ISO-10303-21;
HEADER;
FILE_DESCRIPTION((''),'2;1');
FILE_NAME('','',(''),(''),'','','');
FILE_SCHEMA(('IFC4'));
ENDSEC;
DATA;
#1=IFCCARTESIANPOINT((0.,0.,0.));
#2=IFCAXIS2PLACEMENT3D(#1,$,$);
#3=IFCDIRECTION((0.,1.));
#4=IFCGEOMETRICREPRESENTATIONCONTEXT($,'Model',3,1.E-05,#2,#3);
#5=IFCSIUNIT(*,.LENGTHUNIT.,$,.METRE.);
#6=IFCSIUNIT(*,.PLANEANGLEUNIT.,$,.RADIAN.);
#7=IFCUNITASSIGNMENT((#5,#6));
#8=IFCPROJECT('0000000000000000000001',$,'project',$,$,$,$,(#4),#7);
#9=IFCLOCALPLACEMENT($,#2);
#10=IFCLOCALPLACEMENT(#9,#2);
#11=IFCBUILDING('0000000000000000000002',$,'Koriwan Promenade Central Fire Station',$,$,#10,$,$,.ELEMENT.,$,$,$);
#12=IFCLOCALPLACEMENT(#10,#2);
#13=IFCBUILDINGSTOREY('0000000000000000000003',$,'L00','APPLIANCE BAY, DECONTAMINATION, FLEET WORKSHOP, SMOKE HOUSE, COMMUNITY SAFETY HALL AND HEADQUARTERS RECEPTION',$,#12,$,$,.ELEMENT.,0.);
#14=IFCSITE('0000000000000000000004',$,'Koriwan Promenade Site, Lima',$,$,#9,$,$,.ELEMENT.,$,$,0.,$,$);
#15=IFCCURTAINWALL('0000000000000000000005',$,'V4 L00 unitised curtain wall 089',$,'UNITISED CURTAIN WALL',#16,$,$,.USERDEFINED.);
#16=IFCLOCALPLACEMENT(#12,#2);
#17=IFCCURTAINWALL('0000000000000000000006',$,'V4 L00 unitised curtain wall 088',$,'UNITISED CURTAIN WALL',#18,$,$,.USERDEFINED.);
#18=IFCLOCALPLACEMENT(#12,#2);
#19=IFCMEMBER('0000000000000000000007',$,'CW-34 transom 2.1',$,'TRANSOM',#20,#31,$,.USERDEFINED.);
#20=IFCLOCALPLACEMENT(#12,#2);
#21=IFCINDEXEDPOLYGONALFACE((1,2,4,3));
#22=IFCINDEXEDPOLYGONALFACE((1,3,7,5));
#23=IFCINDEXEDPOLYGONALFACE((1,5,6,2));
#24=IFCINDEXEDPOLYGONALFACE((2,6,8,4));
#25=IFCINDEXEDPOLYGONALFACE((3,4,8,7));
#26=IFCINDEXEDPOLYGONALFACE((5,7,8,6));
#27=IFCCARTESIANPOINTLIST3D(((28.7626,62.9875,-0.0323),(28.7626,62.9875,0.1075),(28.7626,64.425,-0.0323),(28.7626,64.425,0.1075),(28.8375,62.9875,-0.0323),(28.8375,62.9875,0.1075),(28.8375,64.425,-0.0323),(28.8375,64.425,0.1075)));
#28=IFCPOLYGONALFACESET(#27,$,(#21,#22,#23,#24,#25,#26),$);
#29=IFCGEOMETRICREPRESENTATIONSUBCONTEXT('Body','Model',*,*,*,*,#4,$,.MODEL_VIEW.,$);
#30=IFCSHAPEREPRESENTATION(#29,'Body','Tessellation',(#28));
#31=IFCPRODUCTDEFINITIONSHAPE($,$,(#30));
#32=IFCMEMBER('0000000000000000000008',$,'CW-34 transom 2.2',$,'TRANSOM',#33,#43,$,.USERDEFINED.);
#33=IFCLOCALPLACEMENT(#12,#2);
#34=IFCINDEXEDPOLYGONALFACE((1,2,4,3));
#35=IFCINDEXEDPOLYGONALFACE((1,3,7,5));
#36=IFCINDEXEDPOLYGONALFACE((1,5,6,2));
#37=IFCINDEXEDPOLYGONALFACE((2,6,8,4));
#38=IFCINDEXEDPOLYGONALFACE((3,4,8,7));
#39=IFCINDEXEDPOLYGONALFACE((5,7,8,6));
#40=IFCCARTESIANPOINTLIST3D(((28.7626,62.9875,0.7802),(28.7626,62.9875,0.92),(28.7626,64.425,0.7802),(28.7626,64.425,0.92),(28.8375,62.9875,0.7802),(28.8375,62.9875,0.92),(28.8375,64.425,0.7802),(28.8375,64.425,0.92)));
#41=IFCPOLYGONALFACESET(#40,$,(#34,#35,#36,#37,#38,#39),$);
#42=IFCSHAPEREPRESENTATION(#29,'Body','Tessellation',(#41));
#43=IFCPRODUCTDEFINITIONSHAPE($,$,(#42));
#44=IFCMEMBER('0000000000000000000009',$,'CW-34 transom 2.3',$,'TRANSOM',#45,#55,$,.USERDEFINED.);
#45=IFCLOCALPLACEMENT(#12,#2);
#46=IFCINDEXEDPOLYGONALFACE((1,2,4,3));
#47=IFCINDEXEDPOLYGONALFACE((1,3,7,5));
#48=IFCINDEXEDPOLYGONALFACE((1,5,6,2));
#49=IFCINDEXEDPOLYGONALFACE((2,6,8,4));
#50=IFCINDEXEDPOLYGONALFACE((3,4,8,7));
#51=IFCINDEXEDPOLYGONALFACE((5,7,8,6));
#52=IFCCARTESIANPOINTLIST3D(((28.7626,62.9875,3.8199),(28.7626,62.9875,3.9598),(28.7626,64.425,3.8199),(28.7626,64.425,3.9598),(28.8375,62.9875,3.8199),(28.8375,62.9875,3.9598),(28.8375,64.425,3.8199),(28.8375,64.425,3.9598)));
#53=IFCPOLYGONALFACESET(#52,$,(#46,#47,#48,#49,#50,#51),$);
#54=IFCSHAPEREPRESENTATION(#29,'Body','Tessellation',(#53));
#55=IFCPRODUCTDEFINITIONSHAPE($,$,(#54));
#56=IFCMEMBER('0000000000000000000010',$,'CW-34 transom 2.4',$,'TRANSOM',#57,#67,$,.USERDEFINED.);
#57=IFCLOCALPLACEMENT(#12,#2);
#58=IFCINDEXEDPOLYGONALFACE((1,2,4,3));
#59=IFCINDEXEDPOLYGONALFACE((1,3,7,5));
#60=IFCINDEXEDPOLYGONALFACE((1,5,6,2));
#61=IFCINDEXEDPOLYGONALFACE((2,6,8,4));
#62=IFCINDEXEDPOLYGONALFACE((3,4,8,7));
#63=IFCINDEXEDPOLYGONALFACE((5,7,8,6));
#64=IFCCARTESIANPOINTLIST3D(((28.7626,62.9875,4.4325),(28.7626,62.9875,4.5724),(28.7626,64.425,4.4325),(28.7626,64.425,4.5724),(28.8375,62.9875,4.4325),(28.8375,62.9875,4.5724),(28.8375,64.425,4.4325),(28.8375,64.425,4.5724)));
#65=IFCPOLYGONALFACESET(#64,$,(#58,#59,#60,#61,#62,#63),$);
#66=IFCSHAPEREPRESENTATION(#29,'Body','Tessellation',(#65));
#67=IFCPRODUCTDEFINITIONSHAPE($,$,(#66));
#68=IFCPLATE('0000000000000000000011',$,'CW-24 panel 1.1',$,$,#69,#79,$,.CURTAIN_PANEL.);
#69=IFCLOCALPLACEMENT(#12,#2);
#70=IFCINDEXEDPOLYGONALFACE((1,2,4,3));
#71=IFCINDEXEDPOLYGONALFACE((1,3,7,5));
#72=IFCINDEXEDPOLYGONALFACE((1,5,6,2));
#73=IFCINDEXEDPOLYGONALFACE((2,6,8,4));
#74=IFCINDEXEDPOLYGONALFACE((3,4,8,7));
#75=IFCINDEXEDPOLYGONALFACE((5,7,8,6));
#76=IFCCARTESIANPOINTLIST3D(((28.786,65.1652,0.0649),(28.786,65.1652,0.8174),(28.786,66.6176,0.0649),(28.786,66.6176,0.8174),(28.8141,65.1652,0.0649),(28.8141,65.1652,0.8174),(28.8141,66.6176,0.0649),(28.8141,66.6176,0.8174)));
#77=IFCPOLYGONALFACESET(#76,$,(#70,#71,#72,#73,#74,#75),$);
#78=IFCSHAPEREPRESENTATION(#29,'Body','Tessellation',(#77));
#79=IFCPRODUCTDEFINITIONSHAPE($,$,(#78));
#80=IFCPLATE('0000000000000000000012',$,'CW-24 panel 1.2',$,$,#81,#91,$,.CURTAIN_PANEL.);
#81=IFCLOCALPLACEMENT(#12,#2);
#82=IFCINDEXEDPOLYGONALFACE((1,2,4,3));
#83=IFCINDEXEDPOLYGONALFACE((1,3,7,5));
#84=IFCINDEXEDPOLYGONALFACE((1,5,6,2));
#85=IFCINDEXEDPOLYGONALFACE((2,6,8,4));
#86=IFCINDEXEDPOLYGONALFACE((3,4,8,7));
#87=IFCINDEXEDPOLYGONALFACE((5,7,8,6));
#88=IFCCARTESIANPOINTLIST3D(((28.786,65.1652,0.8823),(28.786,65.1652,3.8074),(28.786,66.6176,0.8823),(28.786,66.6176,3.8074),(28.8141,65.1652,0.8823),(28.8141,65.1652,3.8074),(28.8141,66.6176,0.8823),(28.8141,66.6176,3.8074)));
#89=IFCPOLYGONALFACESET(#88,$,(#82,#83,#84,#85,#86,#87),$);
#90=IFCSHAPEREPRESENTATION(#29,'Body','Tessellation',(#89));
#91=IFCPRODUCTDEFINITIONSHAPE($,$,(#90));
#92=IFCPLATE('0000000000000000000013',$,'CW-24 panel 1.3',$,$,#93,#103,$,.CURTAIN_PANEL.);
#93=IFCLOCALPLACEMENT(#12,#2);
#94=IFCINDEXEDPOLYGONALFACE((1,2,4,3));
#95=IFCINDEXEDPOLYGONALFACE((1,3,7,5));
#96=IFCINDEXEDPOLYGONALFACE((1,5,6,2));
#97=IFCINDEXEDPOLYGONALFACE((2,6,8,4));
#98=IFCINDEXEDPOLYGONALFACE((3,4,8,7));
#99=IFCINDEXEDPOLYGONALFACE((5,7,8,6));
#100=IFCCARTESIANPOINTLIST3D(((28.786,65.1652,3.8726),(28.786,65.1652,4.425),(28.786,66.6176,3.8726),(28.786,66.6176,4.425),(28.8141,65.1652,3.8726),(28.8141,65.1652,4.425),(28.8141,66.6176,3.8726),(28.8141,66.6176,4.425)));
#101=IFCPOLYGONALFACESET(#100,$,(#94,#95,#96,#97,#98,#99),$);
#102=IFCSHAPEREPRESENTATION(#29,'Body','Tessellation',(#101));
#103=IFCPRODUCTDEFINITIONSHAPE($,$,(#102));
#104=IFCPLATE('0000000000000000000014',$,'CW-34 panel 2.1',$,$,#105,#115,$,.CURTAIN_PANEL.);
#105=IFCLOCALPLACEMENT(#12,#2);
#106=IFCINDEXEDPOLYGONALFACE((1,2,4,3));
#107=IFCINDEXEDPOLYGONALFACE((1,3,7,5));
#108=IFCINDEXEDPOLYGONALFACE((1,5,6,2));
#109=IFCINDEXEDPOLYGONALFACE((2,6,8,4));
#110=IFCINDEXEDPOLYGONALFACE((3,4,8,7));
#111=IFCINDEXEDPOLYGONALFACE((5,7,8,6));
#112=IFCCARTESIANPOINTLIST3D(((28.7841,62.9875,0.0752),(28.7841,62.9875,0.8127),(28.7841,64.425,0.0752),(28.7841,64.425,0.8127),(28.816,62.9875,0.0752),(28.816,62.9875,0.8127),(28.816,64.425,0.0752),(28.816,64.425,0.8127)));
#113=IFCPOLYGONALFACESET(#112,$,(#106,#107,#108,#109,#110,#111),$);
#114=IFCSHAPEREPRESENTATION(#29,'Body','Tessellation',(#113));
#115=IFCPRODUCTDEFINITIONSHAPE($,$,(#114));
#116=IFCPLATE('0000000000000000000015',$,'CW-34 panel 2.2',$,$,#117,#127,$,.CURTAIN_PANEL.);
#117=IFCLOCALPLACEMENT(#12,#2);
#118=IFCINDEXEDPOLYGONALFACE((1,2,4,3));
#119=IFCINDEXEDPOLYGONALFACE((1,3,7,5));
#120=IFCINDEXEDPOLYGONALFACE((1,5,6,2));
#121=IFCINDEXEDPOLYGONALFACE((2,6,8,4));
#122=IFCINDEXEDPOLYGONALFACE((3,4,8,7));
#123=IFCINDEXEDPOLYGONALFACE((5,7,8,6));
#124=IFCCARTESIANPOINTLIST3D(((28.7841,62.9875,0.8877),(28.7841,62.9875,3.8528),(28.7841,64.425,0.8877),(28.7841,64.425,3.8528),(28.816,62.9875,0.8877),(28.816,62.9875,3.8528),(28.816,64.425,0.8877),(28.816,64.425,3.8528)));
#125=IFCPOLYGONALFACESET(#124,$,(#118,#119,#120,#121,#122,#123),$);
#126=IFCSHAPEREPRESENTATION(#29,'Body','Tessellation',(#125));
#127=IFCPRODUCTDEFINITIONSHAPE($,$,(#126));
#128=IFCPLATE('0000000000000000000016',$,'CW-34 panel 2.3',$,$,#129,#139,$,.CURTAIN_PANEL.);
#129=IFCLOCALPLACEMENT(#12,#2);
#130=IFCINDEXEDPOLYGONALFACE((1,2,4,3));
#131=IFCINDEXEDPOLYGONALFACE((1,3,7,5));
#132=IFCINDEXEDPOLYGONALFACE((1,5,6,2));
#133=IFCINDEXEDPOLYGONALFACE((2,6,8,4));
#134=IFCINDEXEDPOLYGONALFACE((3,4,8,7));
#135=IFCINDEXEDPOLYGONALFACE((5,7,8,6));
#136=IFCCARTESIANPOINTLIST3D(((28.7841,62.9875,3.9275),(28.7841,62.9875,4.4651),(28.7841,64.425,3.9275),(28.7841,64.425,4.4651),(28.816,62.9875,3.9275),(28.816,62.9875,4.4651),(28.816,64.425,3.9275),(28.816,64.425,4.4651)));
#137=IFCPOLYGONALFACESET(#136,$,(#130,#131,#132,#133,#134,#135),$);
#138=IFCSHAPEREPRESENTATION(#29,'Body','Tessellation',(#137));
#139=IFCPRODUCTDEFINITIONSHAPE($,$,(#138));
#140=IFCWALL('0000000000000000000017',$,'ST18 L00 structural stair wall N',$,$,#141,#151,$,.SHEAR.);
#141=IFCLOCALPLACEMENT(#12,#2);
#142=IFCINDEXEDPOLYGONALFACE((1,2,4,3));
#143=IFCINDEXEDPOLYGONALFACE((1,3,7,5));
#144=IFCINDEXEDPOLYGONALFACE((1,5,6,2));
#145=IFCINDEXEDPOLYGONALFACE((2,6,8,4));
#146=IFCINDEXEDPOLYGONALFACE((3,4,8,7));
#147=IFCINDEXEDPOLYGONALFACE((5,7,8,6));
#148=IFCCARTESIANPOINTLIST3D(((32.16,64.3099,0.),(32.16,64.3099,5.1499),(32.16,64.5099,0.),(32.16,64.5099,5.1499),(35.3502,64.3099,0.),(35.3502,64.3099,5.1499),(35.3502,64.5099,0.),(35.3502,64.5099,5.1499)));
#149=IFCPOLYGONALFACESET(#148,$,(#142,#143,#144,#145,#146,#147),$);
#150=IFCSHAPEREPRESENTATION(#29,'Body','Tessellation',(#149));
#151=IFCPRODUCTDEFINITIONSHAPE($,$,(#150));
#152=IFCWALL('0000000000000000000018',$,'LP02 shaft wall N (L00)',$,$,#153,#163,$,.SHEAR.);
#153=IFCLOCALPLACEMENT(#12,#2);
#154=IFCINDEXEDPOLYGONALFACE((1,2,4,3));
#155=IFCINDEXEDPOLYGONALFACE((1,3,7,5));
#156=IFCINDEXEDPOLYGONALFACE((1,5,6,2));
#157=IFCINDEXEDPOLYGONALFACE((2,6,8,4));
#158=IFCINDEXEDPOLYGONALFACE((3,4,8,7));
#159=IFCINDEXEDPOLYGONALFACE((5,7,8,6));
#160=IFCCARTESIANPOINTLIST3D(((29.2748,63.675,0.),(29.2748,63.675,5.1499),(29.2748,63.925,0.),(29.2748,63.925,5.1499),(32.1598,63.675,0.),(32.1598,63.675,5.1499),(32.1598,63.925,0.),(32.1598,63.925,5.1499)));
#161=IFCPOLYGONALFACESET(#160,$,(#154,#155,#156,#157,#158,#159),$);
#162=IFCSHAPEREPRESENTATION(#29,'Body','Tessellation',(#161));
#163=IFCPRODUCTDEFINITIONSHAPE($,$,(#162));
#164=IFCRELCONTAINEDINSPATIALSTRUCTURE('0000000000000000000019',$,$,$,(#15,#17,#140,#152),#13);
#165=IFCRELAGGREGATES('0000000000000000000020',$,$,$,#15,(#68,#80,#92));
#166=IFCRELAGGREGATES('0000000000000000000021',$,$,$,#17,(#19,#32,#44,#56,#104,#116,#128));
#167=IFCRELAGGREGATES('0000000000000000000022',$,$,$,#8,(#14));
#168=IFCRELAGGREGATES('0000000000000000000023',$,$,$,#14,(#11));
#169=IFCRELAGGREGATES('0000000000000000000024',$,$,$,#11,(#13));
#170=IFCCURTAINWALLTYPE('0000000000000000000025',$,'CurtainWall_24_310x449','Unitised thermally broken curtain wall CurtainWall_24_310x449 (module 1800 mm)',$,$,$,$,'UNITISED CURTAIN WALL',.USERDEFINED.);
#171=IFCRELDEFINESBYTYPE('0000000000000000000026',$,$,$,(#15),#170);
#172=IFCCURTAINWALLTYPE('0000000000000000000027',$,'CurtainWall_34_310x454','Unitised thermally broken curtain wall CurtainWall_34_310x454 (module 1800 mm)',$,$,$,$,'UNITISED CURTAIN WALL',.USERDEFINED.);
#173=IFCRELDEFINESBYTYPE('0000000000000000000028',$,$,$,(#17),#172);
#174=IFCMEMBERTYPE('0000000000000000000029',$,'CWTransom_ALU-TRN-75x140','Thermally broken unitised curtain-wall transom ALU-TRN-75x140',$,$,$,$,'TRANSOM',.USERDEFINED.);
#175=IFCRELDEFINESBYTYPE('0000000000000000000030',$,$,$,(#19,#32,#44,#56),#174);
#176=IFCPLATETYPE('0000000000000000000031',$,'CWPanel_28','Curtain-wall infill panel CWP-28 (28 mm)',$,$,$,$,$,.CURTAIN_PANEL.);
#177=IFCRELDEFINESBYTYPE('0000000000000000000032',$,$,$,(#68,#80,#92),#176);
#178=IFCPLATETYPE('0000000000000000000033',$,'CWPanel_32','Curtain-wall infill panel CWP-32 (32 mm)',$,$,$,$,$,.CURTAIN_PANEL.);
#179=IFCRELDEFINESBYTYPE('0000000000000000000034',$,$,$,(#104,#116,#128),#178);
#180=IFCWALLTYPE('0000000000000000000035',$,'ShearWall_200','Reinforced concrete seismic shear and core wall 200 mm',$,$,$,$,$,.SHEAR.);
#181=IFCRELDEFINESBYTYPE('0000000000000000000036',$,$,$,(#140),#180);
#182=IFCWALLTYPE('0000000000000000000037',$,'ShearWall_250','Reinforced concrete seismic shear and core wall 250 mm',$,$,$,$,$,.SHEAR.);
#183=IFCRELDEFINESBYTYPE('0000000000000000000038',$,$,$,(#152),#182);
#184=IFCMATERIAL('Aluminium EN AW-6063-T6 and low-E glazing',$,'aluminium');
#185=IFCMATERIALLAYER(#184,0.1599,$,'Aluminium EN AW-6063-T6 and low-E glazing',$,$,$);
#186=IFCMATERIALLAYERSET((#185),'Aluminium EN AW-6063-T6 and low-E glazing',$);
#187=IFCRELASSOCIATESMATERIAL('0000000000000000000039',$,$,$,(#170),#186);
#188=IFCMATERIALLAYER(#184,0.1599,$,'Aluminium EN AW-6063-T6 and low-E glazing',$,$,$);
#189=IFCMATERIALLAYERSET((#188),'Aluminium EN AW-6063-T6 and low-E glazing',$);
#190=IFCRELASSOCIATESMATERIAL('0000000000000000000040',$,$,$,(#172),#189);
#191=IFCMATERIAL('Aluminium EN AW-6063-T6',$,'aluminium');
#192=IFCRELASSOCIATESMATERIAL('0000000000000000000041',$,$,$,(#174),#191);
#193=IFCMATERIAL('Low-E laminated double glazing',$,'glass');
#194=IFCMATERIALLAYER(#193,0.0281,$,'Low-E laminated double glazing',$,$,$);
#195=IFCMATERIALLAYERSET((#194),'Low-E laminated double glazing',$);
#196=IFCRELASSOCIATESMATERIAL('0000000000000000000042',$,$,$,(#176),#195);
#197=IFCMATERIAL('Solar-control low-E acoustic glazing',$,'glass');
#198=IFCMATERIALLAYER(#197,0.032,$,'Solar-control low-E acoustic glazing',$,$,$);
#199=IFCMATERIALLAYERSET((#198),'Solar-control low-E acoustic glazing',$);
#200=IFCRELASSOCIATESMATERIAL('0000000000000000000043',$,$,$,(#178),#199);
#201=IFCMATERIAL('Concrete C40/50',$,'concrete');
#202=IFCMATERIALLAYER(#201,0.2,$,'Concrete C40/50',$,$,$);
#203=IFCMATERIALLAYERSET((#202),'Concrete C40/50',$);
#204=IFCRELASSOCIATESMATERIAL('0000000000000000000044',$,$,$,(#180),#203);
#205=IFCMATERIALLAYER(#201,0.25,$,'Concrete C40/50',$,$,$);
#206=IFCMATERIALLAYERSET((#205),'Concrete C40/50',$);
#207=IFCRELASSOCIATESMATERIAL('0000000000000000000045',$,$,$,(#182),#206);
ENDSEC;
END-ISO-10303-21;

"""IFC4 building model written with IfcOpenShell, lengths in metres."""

from ifc_helpers import new_model, si_unit, direction, frame, frame_2d, origin, origin_2d, place, context, subcontext, project, spatial, rectangle, extrude, material, layer, layer_set, material_profile, profile_set, type_object, element, aggregate, save


model = new_model("IFC4")

# Units and contexts
model_context = context("Model", 3, precision=1e-05, world=origin(), true_north=direction((0.0, 1.0)))
body_context = subcontext(model_context, "Body", "Model", "MODEL_VIEW")
ifc_project = project(units=[si_unit("LENGTHUNIT", "METRE"), si_unit("PLANEANGLEUNIT", "RADIAN")], contexts=[model_context])

# Site, building, storey
site_placement = place(None, origin())
site = spatial("IfcSite", under=ifc_project, at=site_placement, Name="Koriwan Promenade Site, Lima", CompositionType="ELEMENT", RefElevation=0.0)
building_placement = place(site_placement, origin())
building = spatial("IfcBuilding", under=site, at=building_placement, Name="Koriwan Promenade Central Fire Station", CompositionType="ELEMENT")
storey_placement = place(building_placement, origin())
storey = spatial("IfcBuildingStorey", under=building, at=storey_placement, Name="L00", Description="APPLIANCE BAY, DECONTAMINATION, FLEET WORKSHOP, SMOKE HOUSE, COMMUNITY SAFETY HALL AND HEADQUARTERS RECEPTION", CompositionType="ELEMENT", Elevation=0.0)

# Shared definitions
ifc_material_1 = material(Name="Concrete C40/50", Category="concrete")

# Curtain wall
ifc_material_2 = material(Name="Aluminium EN AW-6063-T6 and low-E glazing", Category="aluminium")
ifc_layer_1 = layer(ifc_material_2, 0.1599, Name="Aluminium EN AW-6063-T6 and low-E glazing")
ifc_layer_set_1 = layer_set([ifc_layer_1], Name="Aluminium EN AW-6063-T6 and low-E glazing")
curtain_wall_type_1 = type_object("IfcCurtainWallType", Name="CurtainWall_24_310x449", Description="Unitised thermally broken curtain wall CurtainWall_24_310x449 (module 1800 mm)", ElementType="UNITISED CURTAIN WALL", PredefinedType="USERDEFINED", material=ifc_layer_set_1)
curtain_wall_1_placement = place(storey_placement, origin())
curtain_wall_1 = element("IfcCurtainWall", 1, at=curtain_wall_1_placement, inside=storey, type_object=curtain_wall_type_1, Name="V4 L00 unitised curtain wall 089", ObjectType="UNITISED CURTAIN WALL", PredefinedType="USERDEFINED")
ifc_material_3 = material(Name="Aluminium EN AW-6063-T6", Category="aluminium")

# Curtain wall
ifc_layer_2 = layer(ifc_material_2, 0.1599, Name="Aluminium EN AW-6063-T6 and low-E glazing")
ifc_layer_set_2 = layer_set([ifc_layer_2], Name="Aluminium EN AW-6063-T6 and low-E glazing")
curtain_wall_type_2 = type_object("IfcCurtainWallType", Name="CurtainWall_34_310x454", Description="Unitised thermally broken curtain wall CurtainWall_34_310x454 (module 1800 mm)", ElementType="UNITISED CURTAIN WALL", PredefinedType="USERDEFINED", material=ifc_layer_set_2)
curtain_wall_2_placement = place(storey_placement, origin())
curtain_wall_2 = element("IfcCurtainWall", 2, at=curtain_wall_2_placement, inside=storey, type_object=curtain_wall_type_2, Name="V4 L00 unitised curtain wall 088", ObjectType="UNITISED CURTAIN WALL", PredefinedType="USERDEFINED")

# Members
ifc_material_profile_1 = material_profile(ifc_material_3, rectangle(XDim=0.075, YDim=0.1399, at=origin_2d()), Name="ALU-TRN-75x140")
ifc_profile_set_1 = profile_set([ifc_material_profile_1], Name="Aluminium EN AW-6063-T6")
member_type_1 = type_object("IfcMemberType", Name="CWTransom_ALU-TRN-75x140", Description="Thermally broken unitised curtain-wall transom ALU-TRN-75x140", ElementType="TRANSOM", PredefinedType="USERDEFINED", material=ifc_profile_set_1)
member_1_placement = place(storey_placement, frame((28.8, 62.9875, 0.0376), z_axis=(0.0, 1.0, 0.0), x_axis=(-1.0, 0.0, 0.0)))
member_1 = element("IfcMember", 3, at=member_1_placement, type_object=member_type_1, Name="CW-34 transom 2.1", ObjectType="TRANSOM", PredefinedType="USERDEFINED", context=body_context, shape_type="SweptSolid", body=[
    extrude(rectangle(XDim=0.075, YDim=0.1399, at=origin_2d()), origin(), (0.0, 0.0, 1.0), 1.4375),
])
member_2_placement = place(storey_placement, frame((28.8, 62.9875, 0.8501), z_axis=(0.0, 1.0, 0.0), x_axis=(-1.0, 0.0, 0.0)))
member_2 = element("IfcMember", 4, at=member_2_placement, type_object=member_type_1, Name="CW-34 transom 2.2", ObjectType="TRANSOM", PredefinedType="USERDEFINED", context=body_context, shape_type="SweptSolid", body=[
    extrude(rectangle(XDim=0.075, YDim=0.1399, at=origin_2d()), origin(), (0.0, 0.0, 1.0), 1.4375),
])
member_3_placement = place(storey_placement, frame((28.8, 62.9875, 3.8899), z_axis=(0.0, 1.0, 0.0), x_axis=(-1.0, 0.0, 0.0)))
member_3 = element("IfcMember", 5, at=member_3_placement, type_object=member_type_1, Name="CW-34 transom 2.3", ObjectType="TRANSOM", PredefinedType="USERDEFINED", context=body_context, shape_type="SweptSolid", body=[
    extrude(rectangle(XDim=0.075, YDim=0.1399, at=origin_2d()), origin(), (0.0, 0.0, 1.0), 1.4375),
])
member_4_placement = place(storey_placement, frame((28.8, 62.9875, 4.5024), z_axis=(0.0, 1.0, 0.0), x_axis=(-1.0, 0.0, 0.0)))
member_4 = element("IfcMember", 6, at=member_4_placement, type_object=member_type_1, Name="CW-34 transom 2.4", ObjectType="TRANSOM", PredefinedType="USERDEFINED", context=body_context, shape_type="SweptSolid", body=[
    extrude(rectangle(XDim=0.075, YDim=0.1399, at=origin_2d()), origin(), (0.0, 0.0, 1.0), 1.4375),
])

# Plates
ifc_material_4 = material(Name="Low-E laminated double glazing", Category="glass")
ifc_layer_3 = layer(ifc_material_4, 0.0281, Name="Low-E laminated double glazing")
ifc_layer_set_3 = layer_set([ifc_layer_3], Name="Low-E laminated double glazing")
plate_type_1 = type_object("IfcPlateType", Name="CWPanel_28", Description="Curtain-wall infill panel CWP-28 (28 mm)", PredefinedType="CURTAIN_PANEL", material=ifc_layer_set_3)
plate_1_placement = place(storey_placement, frame((28.8, 65.8914, 0.0649), z_axis=(0.0, 0.0, 1.0), x_axis=(0.0, 1.0, 0.0)))
plate_1 = element("IfcPlate", 7, at=plate_1_placement, type_object=plate_type_1, Name="CW-24 panel 1.1", PredefinedType="CURTAIN_PANEL", context=body_context, shape_type="SweptSolid", body=[
    extrude(rectangle(XDim=1.4524, YDim=0.0281, at=origin_2d()), origin(), (0.0, 0.0, 1.0), 0.7524),
])
plate_2_placement = place(storey_placement, frame((28.8, 65.8914, 0.8823), z_axis=(0.0, 0.0, 1.0), x_axis=(0.0, 1.0, 0.0)))
plate_2 = element("IfcPlate", 8, at=plate_2_placement, type_object=plate_type_1, Name="CW-24 panel 1.2", PredefinedType="CURTAIN_PANEL", context=body_context, shape_type="SweptSolid", body=[
    extrude(rectangle(XDim=1.4524, YDim=0.0281, at=origin_2d()), origin(), (0.0, 0.0, 1.0), 2.925),
])
plate_3_placement = place(storey_placement, frame((28.8, 65.8914, 3.8726), z_axis=(0.0, 0.0, 1.0), x_axis=(0.0, 1.0, 0.0)))
plate_3 = element("IfcPlate", 9, at=plate_3_placement, type_object=plate_type_1, Name="CW-24 panel 1.3", PredefinedType="CURTAIN_PANEL", context=body_context, shape_type="SweptSolid", body=[
    extrude(rectangle(XDim=1.4524, YDim=0.0281, at=origin_2d()), origin(), (0.0, 0.0, 1.0), 0.5525),
])
aggregate(curtain_wall_1, [plate_1, plate_2, plate_3])
ifc_material_5 = material(Name="Solar-control low-E acoustic glazing", Category="glass")
ifc_layer_4 = layer(ifc_material_5, 0.032, Name="Solar-control low-E acoustic glazing")
ifc_layer_set_4 = layer_set([ifc_layer_4], Name="Solar-control low-E acoustic glazing")
plate_type_2 = type_object("IfcPlateType", Name="CWPanel_32", Description="Curtain-wall infill panel CWP-32 (32 mm)", PredefinedType="CURTAIN_PANEL", material=ifc_layer_set_4)
plate_4_placement = place(storey_placement, frame((28.8, 63.7063, 0.0752), z_axis=(0.0, 0.0, 1.0), x_axis=(0.0, 1.0, 0.0)))
plate_4 = element("IfcPlate", 10, at=plate_4_placement, type_object=plate_type_2, Name="CW-34 panel 2.1", PredefinedType="CURTAIN_PANEL", context=body_context, shape_type="SweptSolid", body=[
    extrude(rectangle(XDim=1.4375, YDim=0.032, at=origin_2d()), origin(), (0.0, 0.0, 1.0), 0.7375),
])
plate_5_placement = place(storey_placement, frame((28.8, 63.7063, 0.8877), z_axis=(0.0, 0.0, 1.0), x_axis=(0.0, 1.0, 0.0)))
plate_5 = element("IfcPlate", 11, at=plate_5_placement, type_object=plate_type_2, Name="CW-34 panel 2.2", PredefinedType="CURTAIN_PANEL", context=body_context, shape_type="SweptSolid", body=[
    extrude(rectangle(XDim=1.4375, YDim=0.032, at=origin_2d()), origin(), (0.0, 0.0, 1.0), 2.9651),
])
plate_6_placement = place(storey_placement, frame((28.8, 63.7063, 3.9275), z_axis=(0.0, 0.0, 1.0), x_axis=(0.0, 1.0, 0.0)))
plate_6 = element("IfcPlate", 12, at=plate_6_placement, type_object=plate_type_2, Name="CW-34 panel 2.3", PredefinedType="CURTAIN_PANEL", context=body_context, shape_type="SweptSolid", body=[
    extrude(rectangle(XDim=1.4375, YDim=0.032, at=origin_2d()), origin(), (0.0, 0.0, 1.0), 0.5376),
])
aggregate(curtain_wall_2, [member_1, member_2, member_3, member_4, plate_4, plate_5, plate_6])

# Walls
ifc_layer_5 = layer(ifc_material_1, 0.2, Name="Concrete C40/50")
ifc_layer_set_5 = layer_set([ifc_layer_5], Name="Concrete C40/50")
wall_type_1 = type_object("IfcWallType", Name="ShearWall_200", Description="Reinforced concrete seismic shear and core wall 200 mm", PredefinedType="SHEAR", material=ifc_layer_set_5)
wall_1_placement = place(storey_placement, frame((32.1599, 64.4099, 0.0), z_axis=(0.0, 0.0, 1.0), x_axis=(1.0, 0.0, 0.0)))
element("IfcWall", 13, at=wall_1_placement, inside=storey, type_object=wall_type_1, Name="ST18 L00 structural stair wall N", PredefinedType="SHEAR", context=body_context, shape_type="SweptSolid", body=[
    extrude(rectangle(XDim=3.1902, YDim=0.2, at=frame_2d((1.5952, 0.0))), origin(), (0.0, 0.0, 1.0), 5.1499),
])
ifc_layer_6 = layer(ifc_material_1, 0.25, Name="Concrete C40/50")
ifc_layer_set_6 = layer_set([ifc_layer_6], Name="Concrete C40/50")
wall_type_2 = type_object("IfcWallType", Name="ShearWall_250", Description="Reinforced concrete seismic shear and core wall 250 mm", PredefinedType="SHEAR", material=ifc_layer_set_6)
wall_2_placement = place(storey_placement, frame((29.2749, 63.8, 0.0), z_axis=(0.0, 0.0, 1.0), x_axis=(1.0, 0.0, 0.0)))
element("IfcWall", 14, at=wall_2_placement, inside=storey, type_object=wall_type_2, Name="LP02 shaft wall N (L00)", PredefinedType="SHEAR", context=body_context, shape_type="SweptSolid", body=[
    extrude(rectangle(XDim=2.885, YDim=0.25, at=frame_2d((1.4424, 0.0))), origin(), (0.0, 0.0, 1.0), 5.1499),
])

save(model, "model.ifc")
